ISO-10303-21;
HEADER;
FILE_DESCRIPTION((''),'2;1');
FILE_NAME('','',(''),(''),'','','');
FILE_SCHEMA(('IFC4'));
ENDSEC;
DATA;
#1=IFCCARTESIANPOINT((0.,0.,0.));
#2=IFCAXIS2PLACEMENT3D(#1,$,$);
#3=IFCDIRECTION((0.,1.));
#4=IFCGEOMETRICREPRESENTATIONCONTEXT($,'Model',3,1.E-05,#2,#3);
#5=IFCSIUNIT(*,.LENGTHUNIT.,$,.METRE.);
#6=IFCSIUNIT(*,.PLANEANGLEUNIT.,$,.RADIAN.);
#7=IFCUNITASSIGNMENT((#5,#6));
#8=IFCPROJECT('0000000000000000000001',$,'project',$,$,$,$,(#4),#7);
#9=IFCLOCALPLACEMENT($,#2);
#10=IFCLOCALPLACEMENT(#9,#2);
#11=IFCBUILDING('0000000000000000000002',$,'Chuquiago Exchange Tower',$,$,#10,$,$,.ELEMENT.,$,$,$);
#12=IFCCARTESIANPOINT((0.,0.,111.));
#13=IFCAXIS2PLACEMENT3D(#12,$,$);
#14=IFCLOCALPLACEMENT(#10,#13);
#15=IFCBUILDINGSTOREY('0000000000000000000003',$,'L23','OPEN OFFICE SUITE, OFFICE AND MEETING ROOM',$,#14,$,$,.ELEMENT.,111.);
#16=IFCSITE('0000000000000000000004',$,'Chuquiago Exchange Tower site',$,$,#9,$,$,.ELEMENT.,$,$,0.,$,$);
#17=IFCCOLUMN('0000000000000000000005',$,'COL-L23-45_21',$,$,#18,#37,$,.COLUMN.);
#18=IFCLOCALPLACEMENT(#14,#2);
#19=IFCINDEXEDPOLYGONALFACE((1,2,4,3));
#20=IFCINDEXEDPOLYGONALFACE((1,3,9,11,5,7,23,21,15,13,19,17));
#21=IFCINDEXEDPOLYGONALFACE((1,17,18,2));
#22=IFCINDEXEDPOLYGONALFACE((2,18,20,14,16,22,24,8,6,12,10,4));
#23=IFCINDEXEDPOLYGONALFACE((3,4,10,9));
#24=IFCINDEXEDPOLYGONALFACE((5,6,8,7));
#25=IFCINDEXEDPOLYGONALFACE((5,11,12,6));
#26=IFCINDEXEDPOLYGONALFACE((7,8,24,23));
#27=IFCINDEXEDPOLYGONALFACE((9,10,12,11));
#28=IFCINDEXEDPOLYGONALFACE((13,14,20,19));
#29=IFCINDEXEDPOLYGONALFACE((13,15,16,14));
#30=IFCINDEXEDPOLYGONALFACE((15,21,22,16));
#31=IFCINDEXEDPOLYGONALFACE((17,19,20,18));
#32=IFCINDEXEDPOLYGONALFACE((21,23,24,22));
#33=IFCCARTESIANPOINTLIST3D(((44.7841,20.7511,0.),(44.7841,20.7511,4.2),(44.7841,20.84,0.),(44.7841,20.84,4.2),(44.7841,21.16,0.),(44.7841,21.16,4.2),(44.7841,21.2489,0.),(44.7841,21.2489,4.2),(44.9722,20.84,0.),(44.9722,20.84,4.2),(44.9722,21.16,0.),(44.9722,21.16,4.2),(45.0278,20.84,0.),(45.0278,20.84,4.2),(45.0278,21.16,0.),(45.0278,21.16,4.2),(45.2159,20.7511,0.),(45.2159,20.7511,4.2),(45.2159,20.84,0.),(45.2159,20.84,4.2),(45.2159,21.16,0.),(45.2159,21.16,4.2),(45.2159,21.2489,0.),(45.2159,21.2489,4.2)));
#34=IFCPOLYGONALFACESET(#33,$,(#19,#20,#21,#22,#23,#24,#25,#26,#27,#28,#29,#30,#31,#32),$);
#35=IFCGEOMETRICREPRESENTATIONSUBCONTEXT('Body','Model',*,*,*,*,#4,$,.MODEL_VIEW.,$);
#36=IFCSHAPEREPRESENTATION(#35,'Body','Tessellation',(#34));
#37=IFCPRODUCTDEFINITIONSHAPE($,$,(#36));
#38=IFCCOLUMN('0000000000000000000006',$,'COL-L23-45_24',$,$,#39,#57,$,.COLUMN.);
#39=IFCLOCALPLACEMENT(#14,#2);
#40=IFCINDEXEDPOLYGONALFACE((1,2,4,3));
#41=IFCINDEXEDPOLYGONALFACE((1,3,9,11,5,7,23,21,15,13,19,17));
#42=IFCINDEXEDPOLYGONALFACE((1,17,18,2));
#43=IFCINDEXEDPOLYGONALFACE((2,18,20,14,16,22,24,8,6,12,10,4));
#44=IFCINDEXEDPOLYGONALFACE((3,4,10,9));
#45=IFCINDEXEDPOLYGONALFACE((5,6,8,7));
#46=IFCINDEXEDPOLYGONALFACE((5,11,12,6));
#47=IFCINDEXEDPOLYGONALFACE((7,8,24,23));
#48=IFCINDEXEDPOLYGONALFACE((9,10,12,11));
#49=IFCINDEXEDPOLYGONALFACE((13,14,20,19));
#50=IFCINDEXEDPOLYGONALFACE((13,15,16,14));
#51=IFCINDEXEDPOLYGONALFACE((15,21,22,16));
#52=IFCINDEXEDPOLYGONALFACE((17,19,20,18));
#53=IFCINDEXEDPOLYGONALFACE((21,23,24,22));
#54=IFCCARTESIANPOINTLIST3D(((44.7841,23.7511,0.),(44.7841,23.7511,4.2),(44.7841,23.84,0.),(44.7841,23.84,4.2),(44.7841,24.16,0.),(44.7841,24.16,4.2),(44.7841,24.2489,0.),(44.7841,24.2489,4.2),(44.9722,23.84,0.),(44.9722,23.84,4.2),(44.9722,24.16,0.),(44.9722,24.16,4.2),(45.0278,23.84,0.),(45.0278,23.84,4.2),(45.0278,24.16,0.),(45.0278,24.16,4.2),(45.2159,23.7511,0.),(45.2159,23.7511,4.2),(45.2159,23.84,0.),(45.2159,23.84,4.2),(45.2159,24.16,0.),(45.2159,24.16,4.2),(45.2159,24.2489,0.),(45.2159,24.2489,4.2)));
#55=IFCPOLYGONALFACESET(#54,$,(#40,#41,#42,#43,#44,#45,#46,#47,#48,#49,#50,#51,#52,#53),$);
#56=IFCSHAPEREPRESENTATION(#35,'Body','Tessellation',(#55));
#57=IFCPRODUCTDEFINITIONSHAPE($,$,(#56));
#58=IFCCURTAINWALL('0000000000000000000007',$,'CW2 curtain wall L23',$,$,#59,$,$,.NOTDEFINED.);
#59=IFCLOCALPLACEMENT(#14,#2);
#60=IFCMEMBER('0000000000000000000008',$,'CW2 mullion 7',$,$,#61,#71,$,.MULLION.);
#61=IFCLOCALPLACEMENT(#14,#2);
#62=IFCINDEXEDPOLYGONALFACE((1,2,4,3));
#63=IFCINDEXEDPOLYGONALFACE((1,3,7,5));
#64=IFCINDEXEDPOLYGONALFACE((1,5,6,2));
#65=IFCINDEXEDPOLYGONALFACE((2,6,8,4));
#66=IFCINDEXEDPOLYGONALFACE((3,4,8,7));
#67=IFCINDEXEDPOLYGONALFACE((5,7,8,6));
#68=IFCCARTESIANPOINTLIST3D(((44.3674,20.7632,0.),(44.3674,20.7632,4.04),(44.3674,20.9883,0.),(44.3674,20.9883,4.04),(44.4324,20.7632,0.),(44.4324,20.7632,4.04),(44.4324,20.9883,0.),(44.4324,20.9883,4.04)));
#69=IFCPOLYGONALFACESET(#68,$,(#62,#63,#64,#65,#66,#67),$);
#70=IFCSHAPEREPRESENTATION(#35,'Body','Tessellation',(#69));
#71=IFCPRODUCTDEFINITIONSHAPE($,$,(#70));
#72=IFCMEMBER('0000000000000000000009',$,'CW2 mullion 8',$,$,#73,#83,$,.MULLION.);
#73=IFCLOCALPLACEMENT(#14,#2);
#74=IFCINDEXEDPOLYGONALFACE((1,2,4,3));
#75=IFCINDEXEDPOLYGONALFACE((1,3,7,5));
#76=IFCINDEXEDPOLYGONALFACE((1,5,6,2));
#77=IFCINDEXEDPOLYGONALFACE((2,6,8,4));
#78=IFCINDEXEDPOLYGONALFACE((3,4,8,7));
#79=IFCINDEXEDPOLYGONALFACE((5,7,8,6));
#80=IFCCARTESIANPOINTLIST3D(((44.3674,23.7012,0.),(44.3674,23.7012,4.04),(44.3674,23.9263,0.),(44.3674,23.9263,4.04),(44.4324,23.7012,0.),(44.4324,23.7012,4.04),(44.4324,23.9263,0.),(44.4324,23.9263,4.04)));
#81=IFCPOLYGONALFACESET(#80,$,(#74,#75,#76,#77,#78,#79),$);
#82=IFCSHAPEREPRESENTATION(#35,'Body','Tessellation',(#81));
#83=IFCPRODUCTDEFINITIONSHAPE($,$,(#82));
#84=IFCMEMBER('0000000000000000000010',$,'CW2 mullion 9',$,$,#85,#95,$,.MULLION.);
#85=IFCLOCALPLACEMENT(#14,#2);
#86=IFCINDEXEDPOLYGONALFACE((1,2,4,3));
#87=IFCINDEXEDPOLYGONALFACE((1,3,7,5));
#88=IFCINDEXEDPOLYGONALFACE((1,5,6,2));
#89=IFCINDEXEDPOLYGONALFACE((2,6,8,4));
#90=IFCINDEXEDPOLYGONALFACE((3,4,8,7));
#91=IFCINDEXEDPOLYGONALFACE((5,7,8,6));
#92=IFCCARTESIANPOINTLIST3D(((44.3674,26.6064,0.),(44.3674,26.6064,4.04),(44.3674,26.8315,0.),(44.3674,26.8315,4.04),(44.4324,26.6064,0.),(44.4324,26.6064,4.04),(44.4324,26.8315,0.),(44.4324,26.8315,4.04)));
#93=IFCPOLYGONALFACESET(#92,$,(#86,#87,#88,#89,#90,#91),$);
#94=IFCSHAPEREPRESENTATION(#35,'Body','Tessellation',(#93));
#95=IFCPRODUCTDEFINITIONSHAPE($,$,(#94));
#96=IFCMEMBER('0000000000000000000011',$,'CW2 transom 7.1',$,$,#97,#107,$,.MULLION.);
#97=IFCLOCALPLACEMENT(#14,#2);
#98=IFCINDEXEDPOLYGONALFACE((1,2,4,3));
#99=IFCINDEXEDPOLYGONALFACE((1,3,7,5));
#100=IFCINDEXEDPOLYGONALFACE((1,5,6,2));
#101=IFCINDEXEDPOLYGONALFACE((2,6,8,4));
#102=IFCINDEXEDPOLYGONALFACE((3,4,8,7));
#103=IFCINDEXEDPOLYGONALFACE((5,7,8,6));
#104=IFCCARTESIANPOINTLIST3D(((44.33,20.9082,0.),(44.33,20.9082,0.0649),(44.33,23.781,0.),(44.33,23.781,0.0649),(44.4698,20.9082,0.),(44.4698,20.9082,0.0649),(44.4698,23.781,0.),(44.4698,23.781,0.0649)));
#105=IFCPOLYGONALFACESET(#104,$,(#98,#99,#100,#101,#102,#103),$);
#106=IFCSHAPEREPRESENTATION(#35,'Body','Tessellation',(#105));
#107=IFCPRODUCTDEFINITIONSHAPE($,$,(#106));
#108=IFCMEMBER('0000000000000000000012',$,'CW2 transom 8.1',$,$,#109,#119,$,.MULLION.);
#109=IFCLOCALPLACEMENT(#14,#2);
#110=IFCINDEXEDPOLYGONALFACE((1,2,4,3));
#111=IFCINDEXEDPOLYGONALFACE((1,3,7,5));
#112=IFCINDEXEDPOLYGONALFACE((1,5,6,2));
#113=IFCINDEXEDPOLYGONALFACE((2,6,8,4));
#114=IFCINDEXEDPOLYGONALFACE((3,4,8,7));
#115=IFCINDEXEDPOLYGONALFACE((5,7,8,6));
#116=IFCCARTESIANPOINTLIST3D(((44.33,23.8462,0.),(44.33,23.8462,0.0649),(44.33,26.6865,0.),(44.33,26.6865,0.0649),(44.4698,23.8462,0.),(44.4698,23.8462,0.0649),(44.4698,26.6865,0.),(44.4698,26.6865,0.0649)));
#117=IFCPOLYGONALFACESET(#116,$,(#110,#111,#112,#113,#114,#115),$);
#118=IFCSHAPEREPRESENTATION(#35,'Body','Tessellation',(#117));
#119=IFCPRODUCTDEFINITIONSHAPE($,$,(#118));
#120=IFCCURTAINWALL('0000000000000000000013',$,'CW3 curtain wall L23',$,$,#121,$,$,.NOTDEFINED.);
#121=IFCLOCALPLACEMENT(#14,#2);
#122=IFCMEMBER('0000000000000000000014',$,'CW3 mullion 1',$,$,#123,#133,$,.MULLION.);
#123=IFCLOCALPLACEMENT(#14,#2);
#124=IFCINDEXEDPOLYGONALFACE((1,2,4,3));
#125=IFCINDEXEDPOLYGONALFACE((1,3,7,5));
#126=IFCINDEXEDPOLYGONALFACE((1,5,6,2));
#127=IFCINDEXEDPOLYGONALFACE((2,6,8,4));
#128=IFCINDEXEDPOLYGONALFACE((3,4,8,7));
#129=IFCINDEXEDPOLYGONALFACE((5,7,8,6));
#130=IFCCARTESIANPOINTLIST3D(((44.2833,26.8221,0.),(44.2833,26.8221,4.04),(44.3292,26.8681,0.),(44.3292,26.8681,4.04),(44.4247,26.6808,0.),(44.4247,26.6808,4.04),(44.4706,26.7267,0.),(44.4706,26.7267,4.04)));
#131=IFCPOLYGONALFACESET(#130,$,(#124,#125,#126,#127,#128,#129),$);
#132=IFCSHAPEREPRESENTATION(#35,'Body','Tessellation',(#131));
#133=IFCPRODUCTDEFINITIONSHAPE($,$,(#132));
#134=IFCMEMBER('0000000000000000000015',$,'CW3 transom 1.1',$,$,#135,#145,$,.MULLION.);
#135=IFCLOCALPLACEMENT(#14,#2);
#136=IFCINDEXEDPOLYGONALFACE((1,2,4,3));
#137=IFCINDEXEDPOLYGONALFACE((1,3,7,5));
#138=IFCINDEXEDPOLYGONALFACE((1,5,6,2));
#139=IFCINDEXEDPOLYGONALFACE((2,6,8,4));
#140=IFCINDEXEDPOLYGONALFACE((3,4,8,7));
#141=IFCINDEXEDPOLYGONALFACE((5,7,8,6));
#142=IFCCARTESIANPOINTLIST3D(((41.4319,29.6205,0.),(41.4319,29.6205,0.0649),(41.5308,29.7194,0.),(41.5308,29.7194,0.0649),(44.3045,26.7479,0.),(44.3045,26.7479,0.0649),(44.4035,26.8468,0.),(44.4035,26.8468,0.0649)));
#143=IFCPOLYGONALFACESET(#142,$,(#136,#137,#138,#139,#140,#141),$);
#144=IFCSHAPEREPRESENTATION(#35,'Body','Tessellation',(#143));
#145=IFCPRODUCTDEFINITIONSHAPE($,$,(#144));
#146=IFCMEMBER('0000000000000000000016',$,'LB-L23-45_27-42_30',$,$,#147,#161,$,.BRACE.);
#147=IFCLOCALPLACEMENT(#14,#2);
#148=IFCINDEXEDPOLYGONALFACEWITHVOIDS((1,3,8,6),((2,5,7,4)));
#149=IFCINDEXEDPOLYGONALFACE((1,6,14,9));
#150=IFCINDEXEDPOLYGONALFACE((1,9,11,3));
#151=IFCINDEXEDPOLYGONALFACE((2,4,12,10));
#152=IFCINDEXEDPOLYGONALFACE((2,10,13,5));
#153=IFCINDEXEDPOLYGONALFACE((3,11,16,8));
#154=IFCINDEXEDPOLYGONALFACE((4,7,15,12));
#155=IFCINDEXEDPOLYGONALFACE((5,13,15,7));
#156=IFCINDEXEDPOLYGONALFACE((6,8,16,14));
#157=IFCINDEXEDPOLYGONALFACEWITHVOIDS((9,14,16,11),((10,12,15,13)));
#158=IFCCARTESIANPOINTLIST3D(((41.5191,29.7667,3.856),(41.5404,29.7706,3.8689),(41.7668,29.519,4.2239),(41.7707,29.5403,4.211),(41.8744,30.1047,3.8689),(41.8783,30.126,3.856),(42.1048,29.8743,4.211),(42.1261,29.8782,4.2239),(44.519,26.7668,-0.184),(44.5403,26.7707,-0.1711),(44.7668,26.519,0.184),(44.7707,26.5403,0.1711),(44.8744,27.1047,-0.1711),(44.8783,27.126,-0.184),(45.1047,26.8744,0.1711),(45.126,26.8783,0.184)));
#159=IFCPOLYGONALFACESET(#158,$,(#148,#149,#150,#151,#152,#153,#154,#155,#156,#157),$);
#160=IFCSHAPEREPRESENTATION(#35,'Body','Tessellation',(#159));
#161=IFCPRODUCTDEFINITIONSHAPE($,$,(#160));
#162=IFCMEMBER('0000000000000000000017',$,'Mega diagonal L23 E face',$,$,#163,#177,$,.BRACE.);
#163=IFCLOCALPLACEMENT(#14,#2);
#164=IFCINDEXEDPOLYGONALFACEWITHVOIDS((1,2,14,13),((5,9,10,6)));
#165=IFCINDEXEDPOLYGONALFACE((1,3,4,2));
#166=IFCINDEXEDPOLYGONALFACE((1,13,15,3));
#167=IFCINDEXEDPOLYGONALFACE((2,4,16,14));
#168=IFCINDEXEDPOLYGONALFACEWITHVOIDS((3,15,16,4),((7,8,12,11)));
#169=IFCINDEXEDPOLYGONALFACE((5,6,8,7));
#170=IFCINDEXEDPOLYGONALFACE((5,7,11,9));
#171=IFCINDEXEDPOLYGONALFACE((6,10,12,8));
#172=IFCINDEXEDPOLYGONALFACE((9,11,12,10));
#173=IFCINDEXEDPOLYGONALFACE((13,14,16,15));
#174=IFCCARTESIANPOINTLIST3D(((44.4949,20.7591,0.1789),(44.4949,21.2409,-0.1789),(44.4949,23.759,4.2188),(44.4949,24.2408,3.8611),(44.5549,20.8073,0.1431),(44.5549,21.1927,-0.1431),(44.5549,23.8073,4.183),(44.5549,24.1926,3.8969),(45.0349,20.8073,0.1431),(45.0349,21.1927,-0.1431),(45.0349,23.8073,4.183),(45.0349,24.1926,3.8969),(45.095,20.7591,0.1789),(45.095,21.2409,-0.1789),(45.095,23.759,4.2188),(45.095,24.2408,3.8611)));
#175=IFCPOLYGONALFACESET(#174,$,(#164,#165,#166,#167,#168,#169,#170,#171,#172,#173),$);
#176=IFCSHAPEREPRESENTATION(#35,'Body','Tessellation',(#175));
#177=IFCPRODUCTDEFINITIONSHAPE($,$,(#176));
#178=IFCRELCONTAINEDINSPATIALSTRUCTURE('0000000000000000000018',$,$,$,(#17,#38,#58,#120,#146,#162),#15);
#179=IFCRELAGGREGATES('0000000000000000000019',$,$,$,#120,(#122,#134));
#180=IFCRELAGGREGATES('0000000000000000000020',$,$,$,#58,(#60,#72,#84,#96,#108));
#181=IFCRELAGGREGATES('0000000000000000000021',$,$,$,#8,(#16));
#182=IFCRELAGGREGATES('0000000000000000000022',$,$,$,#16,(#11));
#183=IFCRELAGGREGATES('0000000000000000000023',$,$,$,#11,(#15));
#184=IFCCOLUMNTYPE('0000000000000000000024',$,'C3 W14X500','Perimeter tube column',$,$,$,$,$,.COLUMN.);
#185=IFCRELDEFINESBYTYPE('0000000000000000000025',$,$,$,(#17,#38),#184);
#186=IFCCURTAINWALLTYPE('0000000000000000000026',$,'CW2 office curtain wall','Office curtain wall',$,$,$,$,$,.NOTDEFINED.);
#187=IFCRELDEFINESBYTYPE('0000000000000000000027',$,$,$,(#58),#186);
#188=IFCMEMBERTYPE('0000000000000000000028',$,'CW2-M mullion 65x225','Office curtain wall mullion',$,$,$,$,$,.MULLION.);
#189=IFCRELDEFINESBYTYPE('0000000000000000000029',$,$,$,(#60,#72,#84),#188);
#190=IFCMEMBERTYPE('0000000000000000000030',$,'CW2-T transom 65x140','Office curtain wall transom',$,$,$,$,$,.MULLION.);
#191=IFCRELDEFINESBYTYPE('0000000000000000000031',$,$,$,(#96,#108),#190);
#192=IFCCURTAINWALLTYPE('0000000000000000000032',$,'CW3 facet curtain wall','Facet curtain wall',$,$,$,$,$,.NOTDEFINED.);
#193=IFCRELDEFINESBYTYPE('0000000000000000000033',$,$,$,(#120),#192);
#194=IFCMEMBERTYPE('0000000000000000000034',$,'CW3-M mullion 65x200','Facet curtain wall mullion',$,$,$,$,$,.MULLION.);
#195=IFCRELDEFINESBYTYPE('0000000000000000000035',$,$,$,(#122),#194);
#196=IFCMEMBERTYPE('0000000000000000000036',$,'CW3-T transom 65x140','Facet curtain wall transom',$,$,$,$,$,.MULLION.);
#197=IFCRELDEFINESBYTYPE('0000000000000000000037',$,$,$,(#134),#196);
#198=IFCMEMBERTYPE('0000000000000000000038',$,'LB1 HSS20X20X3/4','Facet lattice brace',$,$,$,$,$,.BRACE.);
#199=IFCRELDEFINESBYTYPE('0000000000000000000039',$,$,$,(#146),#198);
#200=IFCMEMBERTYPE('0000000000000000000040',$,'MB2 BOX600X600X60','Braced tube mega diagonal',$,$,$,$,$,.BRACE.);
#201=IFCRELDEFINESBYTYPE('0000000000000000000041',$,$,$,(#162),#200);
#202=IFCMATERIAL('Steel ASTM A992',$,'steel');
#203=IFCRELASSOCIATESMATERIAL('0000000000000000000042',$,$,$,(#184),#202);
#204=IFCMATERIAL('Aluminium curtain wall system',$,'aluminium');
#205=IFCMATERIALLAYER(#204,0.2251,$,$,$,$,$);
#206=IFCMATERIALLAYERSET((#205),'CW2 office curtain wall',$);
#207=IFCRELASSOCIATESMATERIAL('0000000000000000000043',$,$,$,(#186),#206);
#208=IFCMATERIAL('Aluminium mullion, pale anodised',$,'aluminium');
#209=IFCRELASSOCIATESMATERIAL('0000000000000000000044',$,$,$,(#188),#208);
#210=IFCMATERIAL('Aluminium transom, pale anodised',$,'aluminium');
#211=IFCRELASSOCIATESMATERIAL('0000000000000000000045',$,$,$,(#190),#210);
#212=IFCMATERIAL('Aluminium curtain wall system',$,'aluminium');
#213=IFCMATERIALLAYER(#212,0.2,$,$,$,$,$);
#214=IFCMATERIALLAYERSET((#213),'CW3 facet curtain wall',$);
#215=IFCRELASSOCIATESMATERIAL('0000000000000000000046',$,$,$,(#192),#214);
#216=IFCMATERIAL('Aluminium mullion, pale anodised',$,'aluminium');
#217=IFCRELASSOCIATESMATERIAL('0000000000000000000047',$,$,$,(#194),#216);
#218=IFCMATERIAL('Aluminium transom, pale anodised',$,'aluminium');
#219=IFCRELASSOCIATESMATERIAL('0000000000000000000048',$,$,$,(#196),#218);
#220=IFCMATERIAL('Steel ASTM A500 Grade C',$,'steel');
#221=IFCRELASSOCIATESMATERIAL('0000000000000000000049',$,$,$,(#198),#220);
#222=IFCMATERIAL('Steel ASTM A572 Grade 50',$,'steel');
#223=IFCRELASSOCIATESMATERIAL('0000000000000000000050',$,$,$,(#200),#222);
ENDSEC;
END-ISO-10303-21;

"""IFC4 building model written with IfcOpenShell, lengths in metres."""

from ifc_helpers import new_model, si_unit, direction, frame, origin, origin_2d, place, context, subcontext, project, spatial, rectangle, hollow_rectangle, i_section, extrude, material, layer, layer_set, material_profile, profile_set, type_object, element, aggregate, save


model = new_model("IFC4")

# Units and contexts
model_context = context("Model", 3, precision=1e-05, world=origin(), true_north=direction((0.0, 1.0)))
body_context = subcontext(model_context, "Body", "Model", "MODEL_VIEW")
ifc_project = project(units=[si_unit("LENGTHUNIT", "METRE"), si_unit("PLANEANGLEUNIT", "RADIAN")], contexts=[model_context])

# Site, building, storey
site_placement = place(None, origin())
site = spatial("IfcSite", under=ifc_project, at=site_placement, Name="Chuquiago Exchange Tower site", CompositionType="ELEMENT", RefElevation=0.0)
building_placement = place(site_placement, origin())
building = spatial("IfcBuilding", under=site, at=building_placement, Name="Chuquiago Exchange Tower", CompositionType="ELEMENT")
storey_placement = place(building_placement, frame((0.0, 0.0, 111.0)))
storey = spatial("IfcBuildingStorey", under=building, at=storey_placement, Name="L23", Description="OPEN OFFICE SUITE, OFFICE AND MEETING ROOM", CompositionType="ELEMENT", Elevation=111.0)

# Columns
ifc_material_1 = material(Name="Steel ASTM A992", Category="steel")
ifc_material_profile_1 = material_profile(ifc_material_1, i_section(OverallWidth=0.4319, OverallDepth=0.4978, WebThickness=0.0557, FlangeThickness=0.0889, at=origin_2d()), Name="W14X500")
ifc_profile_set_1 = profile_set([ifc_material_profile_1], Name="Steel ASTM A992")
column_type = type_object("IfcColumnType", Name="C3 W14X500", Description="Perimeter tube column", PredefinedType="COLUMN", material=ifc_profile_set_1)
for number, where, z_axis, x_axis, name in (
    (1, (45.0, 21.0, 0.0), (0.0, 0.0, 1.0), (1.0, 0.0, 0.0), "COL-L23-45_21"),
    (2, (45.0, 24.0, 0.0), (0.0, 0.0, 1.0), (1.0, 0.0, 0.0), "COL-L23-45_24"),
):
    element("IfcColumn", number, at=place(storey_placement, frame(where, z_axis=z_axis, x_axis=x_axis)), inside=storey, type_object=column_type, Name=name, PredefinedType="COLUMN", context=body_context, shape_type="SweptSolid", body=[
        extrude(i_section(OverallWidth=0.4319, OverallDepth=0.4978, WebThickness=0.0557, FlangeThickness=0.0889, at=origin_2d()), origin(), (0.0, 0.0, 1.0), 4.2),
    ])

# Curtain walls, members
ifc_material_2 = material(Name="Aluminium curtain wall system", Category="aluminium")
ifc_layer_1 = layer(ifc_material_2, 0.2251)
ifc_layer_set_1 = layer_set([ifc_layer_1], Name="CW2 office curtain wall")
curtain_wall_type_1 = type_object("IfcCurtainWallType", Name="CW2 office curtain wall", Description="Office curtain wall", PredefinedType="NOTDEFINED", material=ifc_layer_set_1)
curtain_wall_1_placement = place(storey_placement, origin())
curtain_wall_1 = element("IfcCurtainWall", 3, at=curtain_wall_1_placement, inside=storey, type_object=curtain_wall_type_1, Name="CW2 curtain wall L23", PredefinedType="NOTDEFINED")
ifc_material_3 = material(Name="Aluminium mullion, pale anodised", Category="aluminium")
ifc_material_profile_2 = material_profile(ifc_material_3, rectangle(XDim=0.0649, YDim=0.2251, at=origin_2d()), Name="AL 65x225")
ifc_profile_set_2 = profile_set([ifc_material_profile_2], Name="Aluminium mullion, pale anodised")
member_type_1 = type_object("IfcMemberType", Name="CW2-M mullion 65x225", Description="Office curtain wall mullion", PredefinedType="MULLION", material=ifc_profile_set_2)
member_1_placement = place(storey_placement, frame((44.3999, 20.8757, 0.0), z_axis=(0.0, 0.0, 1.0), x_axis=(-1.0, 0.0, 0.0)))
member_1 = element("IfcMember", 4, at=member_1_placement, type_object=member_type_1, Name="CW2 mullion 7", PredefinedType="MULLION", context=body_context, shape_type="SweptSolid", body=[
    extrude(rectangle(XDim=0.0649, YDim=0.2251, at=origin_2d()), origin(), (0.0, 0.0, 1.0), 4.04),
])
member_2_placement = place(storey_placement, frame((44.3999, 23.8137, 0.0), z_axis=(0.0, 0.0, 1.0), x_axis=(-1.0, 0.0, 0.0)))
member_2 = element("IfcMember", 5, at=member_2_placement, type_object=member_type_1, Name="CW2 mullion 8", PredefinedType="MULLION", context=body_context, shape_type="SweptSolid", body=[
    extrude(rectangle(XDim=0.0649, YDim=0.2251, at=origin_2d()), origin(), (0.0, 0.0, 1.0), 4.04),
])
member_3_placement = place(storey_placement, frame((44.3999, 26.719, 0.0), z_axis=(0.0, 0.0, 1.0), x_axis=(-1.0, 0.0, 0.0)))
member_3 = element("IfcMember", 6, at=member_3_placement, type_object=member_type_1, Name="CW2 mullion 9", PredefinedType="MULLION", context=body_context, shape_type="SweptSolid", body=[
    extrude(rectangle(XDim=0.0649, YDim=0.2251, at=origin_2d()), origin(), (0.0, 0.0, 1.0), 4.04),
])
ifc_material_4 = material(Name="Aluminium transom, pale anodised", Category="aluminium")
ifc_material_profile_3 = material_profile(ifc_material_4, rectangle(XDim=0.1399, YDim=0.0649, at=origin_2d()), Name="AL 140x65")
ifc_profile_set_3 = profile_set([ifc_material_profile_3], Name="Aluminium transom, pale anodised")
member_type_2 = type_object("IfcMemberType", Name="CW2-T transom 65x140", Description="Office curtain wall transom", PredefinedType="MULLION", material=ifc_profile_set_3)
member_4_placement = place(storey_placement, frame((44.3999, 20.9082, 0.0325), z_axis=(0.0, 1.0, 0.0), x_axis=(-1.0, 0.0, 0.0)))
member_4 = element("IfcMember", 7, at=member_4_placement, type_object=member_type_2, Name="CW2 transom 7.1", PredefinedType="MULLION", context=body_context, shape_type="SweptSolid", body=[
    extrude(rectangle(XDim=0.1399, YDim=0.0649, at=origin_2d()), origin(), (0.0, 0.0, 1.0), 2.8728),
])
member_5_placement = place(storey_placement, frame((44.3999, 23.8462, 0.0325), z_axis=(0.0, 1.0, 0.0), x_axis=(-1.0, 0.0, 0.0)))
member_5 = element("IfcMember", 8, at=member_5_placement, type_object=member_type_2, Name="CW2 transom 8.1", PredefinedType="MULLION", context=body_context, shape_type="SweptSolid", body=[
    extrude(rectangle(XDim=0.1399, YDim=0.0649, at=origin_2d()), origin(), (0.0, 0.0, 1.0), 2.8403),
])
ifc_material_5 = material(Name="Aluminium curtain wall system", Category="aluminium")
ifc_layer_2 = layer(ifc_material_5, 0.2)
ifc_layer_set_2 = layer_set([ifc_layer_2], Name="CW3 facet curtain wall")
curtain_wall_type_2 = type_object("IfcCurtainWallType", Name="CW3 facet curtain wall", Description="Facet curtain wall", PredefinedType="NOTDEFINED", material=ifc_layer_set_2)
curtain_wall_2_placement = place(storey_placement, origin())
curtain_wall_2 = element("IfcCurtainWall", 9, at=curtain_wall_2_placement, inside=storey, type_object=curtain_wall_type_2, Name="CW3 curtain wall L23", PredefinedType="NOTDEFINED")
ifc_material_6 = material(Name="Aluminium mullion, pale anodised", Category="aluminium")
ifc_material_profile_4 = material_profile(ifc_material_6, rectangle(XDim=0.0649, YDim=0.2, at=origin_2d()), Name="AL 65x200")
ifc_profile_set_4 = profile_set([ifc_material_profile_4], Name="Aluminium mullion, pale anodised")
member_type_3 = type_object("IfcMemberType", Name="CW3-M mullion 65x200", Description="Facet curtain wall mullion", PredefinedType="MULLION", material=ifc_profile_set_4)
member_6_placement = place(storey_placement, frame((44.377, 26.7744, 0.0), z_axis=(0.0, 0.0, 1.0), x_axis=(-0.707107, -0.707107, 0.0)))
member_6 = element("IfcMember", 10, at=member_6_placement, type_object=member_type_3, Name="CW3 mullion 1", PredefinedType="MULLION", context=body_context, shape_type="SweptSolid", body=[
    extrude(rectangle(XDim=0.0649, YDim=0.2, at=origin_2d()), origin(), (0.0, 0.0, 1.0), 4.04),
])
ifc_material_7 = material(Name="Aluminium transom, pale anodised", Category="aluminium")
ifc_material_profile_5 = material_profile(ifc_material_7, rectangle(XDim=0.1399, YDim=0.0649, at=origin_2d()), Name="AL 140x65")
ifc_profile_set_5 = profile_set([ifc_material_profile_5], Name="Aluminium transom, pale anodised")
member_type_4 = type_object("IfcMemberType", Name="CW3-T transom 65x140", Description="Facet curtain wall transom", PredefinedType="MULLION", material=ifc_profile_set_5)
member_7_placement = place(storey_placement, frame((44.354, 26.7974, 0.0325), z_axis=(-0.707107, 0.707107, 0.0), x_axis=(-0.707107, -0.707107, 0.0)))
member_7 = element("IfcMember", 11, at=member_7_placement, type_object=member_type_4, Name="CW3 transom 1.1", PredefinedType="MULLION", context=body_context, shape_type="SweptSolid", body=[
    extrude(rectangle(XDim=0.1399, YDim=0.0649, at=origin_2d()), origin(), (0.0, 0.0, 1.0), 4.0625),
])
aggregate(curtain_wall_2, [member_6, member_7])

# Members
ifc_material_8 = material(Name="Steel ASTM A500 Grade C", Category="steel")
ifc_material_profile_6 = material_profile(ifc_material_8, hollow_rectangle(XDim=0.5081, YDim=0.5081, WallThickness=0.0178, at=origin_2d()), Name="HSS20X20X3/4")
ifc_profile_set_6 = profile_set([ifc_material_profile_6], Name="Steel ASTM A500 Grade C")
member_type_5 = type_object("IfcMemberType", Name="LB1 HSS20X20X3/4", Description="Facet lattice brace", PredefinedType="BRACE", material=ifc_profile_set_6)
member_8_placement = place(storey_placement, frame((44.8225, 26.8225, 0.0), z_axis=(-0.512077, 0.512077, 0.689604), x_axis=(-0.707107, -0.707107, 0.0)))
element("IfcMember", 12, at=member_8_placement, inside=storey, type_object=member_type_5, Name="LB-L23-45_27-42_30", PredefinedType="BRACE", context=body_context, shape_type="SweptSolid", body=[
    extrude(hollow_rectangle(XDim=0.5081, YDim=0.5081, WallThickness=0.0178, at=origin_2d()), origin(), (0.0, 0.0, 1.0), 5.8584),
])
ifc_material_9 = material(Name="Steel ASTM A572 Grade 50", Category="steel")
ifc_material_profile_7 = material_profile(ifc_material_9, hollow_rectangle(XDim=0.6001, YDim=0.6001, WallThickness=0.0601, at=origin_2d()), Name="BOX600X600X60")
ifc_profile_set_7 = profile_set([ifc_material_profile_7], Name="Steel ASTM A572 Grade 50")
member_type_6 = type_object("IfcMemberType", Name="MB2 BOX600X600X60", Description="Braced tube mega diagonal", PredefinedType="BRACE", material=ifc_profile_set_7)
member_9_placement = place(storey_placement, frame((44.7949, 21.0, 0.0), z_axis=(0.0, 0.596174, 0.802855), x_axis=(-1.0, 0.0, 0.0)))
element("IfcMember", 13, at=member_9_placement, inside=storey, type_object=member_type_6, Name="Mega diagonal L23 E face", PredefinedType="BRACE", context=body_context, shape_type="SweptSolid", body=[
    extrude(hollow_rectangle(XDim=0.6001, YDim=0.6001, WallThickness=0.0601, at=origin_2d()), origin(), (0.0, 0.0, 1.0), 5.032),
])

aggregate(curtain_wall_1, [member_1, member_2, member_3, member_4, member_5])

save(model, "model.ifc")
